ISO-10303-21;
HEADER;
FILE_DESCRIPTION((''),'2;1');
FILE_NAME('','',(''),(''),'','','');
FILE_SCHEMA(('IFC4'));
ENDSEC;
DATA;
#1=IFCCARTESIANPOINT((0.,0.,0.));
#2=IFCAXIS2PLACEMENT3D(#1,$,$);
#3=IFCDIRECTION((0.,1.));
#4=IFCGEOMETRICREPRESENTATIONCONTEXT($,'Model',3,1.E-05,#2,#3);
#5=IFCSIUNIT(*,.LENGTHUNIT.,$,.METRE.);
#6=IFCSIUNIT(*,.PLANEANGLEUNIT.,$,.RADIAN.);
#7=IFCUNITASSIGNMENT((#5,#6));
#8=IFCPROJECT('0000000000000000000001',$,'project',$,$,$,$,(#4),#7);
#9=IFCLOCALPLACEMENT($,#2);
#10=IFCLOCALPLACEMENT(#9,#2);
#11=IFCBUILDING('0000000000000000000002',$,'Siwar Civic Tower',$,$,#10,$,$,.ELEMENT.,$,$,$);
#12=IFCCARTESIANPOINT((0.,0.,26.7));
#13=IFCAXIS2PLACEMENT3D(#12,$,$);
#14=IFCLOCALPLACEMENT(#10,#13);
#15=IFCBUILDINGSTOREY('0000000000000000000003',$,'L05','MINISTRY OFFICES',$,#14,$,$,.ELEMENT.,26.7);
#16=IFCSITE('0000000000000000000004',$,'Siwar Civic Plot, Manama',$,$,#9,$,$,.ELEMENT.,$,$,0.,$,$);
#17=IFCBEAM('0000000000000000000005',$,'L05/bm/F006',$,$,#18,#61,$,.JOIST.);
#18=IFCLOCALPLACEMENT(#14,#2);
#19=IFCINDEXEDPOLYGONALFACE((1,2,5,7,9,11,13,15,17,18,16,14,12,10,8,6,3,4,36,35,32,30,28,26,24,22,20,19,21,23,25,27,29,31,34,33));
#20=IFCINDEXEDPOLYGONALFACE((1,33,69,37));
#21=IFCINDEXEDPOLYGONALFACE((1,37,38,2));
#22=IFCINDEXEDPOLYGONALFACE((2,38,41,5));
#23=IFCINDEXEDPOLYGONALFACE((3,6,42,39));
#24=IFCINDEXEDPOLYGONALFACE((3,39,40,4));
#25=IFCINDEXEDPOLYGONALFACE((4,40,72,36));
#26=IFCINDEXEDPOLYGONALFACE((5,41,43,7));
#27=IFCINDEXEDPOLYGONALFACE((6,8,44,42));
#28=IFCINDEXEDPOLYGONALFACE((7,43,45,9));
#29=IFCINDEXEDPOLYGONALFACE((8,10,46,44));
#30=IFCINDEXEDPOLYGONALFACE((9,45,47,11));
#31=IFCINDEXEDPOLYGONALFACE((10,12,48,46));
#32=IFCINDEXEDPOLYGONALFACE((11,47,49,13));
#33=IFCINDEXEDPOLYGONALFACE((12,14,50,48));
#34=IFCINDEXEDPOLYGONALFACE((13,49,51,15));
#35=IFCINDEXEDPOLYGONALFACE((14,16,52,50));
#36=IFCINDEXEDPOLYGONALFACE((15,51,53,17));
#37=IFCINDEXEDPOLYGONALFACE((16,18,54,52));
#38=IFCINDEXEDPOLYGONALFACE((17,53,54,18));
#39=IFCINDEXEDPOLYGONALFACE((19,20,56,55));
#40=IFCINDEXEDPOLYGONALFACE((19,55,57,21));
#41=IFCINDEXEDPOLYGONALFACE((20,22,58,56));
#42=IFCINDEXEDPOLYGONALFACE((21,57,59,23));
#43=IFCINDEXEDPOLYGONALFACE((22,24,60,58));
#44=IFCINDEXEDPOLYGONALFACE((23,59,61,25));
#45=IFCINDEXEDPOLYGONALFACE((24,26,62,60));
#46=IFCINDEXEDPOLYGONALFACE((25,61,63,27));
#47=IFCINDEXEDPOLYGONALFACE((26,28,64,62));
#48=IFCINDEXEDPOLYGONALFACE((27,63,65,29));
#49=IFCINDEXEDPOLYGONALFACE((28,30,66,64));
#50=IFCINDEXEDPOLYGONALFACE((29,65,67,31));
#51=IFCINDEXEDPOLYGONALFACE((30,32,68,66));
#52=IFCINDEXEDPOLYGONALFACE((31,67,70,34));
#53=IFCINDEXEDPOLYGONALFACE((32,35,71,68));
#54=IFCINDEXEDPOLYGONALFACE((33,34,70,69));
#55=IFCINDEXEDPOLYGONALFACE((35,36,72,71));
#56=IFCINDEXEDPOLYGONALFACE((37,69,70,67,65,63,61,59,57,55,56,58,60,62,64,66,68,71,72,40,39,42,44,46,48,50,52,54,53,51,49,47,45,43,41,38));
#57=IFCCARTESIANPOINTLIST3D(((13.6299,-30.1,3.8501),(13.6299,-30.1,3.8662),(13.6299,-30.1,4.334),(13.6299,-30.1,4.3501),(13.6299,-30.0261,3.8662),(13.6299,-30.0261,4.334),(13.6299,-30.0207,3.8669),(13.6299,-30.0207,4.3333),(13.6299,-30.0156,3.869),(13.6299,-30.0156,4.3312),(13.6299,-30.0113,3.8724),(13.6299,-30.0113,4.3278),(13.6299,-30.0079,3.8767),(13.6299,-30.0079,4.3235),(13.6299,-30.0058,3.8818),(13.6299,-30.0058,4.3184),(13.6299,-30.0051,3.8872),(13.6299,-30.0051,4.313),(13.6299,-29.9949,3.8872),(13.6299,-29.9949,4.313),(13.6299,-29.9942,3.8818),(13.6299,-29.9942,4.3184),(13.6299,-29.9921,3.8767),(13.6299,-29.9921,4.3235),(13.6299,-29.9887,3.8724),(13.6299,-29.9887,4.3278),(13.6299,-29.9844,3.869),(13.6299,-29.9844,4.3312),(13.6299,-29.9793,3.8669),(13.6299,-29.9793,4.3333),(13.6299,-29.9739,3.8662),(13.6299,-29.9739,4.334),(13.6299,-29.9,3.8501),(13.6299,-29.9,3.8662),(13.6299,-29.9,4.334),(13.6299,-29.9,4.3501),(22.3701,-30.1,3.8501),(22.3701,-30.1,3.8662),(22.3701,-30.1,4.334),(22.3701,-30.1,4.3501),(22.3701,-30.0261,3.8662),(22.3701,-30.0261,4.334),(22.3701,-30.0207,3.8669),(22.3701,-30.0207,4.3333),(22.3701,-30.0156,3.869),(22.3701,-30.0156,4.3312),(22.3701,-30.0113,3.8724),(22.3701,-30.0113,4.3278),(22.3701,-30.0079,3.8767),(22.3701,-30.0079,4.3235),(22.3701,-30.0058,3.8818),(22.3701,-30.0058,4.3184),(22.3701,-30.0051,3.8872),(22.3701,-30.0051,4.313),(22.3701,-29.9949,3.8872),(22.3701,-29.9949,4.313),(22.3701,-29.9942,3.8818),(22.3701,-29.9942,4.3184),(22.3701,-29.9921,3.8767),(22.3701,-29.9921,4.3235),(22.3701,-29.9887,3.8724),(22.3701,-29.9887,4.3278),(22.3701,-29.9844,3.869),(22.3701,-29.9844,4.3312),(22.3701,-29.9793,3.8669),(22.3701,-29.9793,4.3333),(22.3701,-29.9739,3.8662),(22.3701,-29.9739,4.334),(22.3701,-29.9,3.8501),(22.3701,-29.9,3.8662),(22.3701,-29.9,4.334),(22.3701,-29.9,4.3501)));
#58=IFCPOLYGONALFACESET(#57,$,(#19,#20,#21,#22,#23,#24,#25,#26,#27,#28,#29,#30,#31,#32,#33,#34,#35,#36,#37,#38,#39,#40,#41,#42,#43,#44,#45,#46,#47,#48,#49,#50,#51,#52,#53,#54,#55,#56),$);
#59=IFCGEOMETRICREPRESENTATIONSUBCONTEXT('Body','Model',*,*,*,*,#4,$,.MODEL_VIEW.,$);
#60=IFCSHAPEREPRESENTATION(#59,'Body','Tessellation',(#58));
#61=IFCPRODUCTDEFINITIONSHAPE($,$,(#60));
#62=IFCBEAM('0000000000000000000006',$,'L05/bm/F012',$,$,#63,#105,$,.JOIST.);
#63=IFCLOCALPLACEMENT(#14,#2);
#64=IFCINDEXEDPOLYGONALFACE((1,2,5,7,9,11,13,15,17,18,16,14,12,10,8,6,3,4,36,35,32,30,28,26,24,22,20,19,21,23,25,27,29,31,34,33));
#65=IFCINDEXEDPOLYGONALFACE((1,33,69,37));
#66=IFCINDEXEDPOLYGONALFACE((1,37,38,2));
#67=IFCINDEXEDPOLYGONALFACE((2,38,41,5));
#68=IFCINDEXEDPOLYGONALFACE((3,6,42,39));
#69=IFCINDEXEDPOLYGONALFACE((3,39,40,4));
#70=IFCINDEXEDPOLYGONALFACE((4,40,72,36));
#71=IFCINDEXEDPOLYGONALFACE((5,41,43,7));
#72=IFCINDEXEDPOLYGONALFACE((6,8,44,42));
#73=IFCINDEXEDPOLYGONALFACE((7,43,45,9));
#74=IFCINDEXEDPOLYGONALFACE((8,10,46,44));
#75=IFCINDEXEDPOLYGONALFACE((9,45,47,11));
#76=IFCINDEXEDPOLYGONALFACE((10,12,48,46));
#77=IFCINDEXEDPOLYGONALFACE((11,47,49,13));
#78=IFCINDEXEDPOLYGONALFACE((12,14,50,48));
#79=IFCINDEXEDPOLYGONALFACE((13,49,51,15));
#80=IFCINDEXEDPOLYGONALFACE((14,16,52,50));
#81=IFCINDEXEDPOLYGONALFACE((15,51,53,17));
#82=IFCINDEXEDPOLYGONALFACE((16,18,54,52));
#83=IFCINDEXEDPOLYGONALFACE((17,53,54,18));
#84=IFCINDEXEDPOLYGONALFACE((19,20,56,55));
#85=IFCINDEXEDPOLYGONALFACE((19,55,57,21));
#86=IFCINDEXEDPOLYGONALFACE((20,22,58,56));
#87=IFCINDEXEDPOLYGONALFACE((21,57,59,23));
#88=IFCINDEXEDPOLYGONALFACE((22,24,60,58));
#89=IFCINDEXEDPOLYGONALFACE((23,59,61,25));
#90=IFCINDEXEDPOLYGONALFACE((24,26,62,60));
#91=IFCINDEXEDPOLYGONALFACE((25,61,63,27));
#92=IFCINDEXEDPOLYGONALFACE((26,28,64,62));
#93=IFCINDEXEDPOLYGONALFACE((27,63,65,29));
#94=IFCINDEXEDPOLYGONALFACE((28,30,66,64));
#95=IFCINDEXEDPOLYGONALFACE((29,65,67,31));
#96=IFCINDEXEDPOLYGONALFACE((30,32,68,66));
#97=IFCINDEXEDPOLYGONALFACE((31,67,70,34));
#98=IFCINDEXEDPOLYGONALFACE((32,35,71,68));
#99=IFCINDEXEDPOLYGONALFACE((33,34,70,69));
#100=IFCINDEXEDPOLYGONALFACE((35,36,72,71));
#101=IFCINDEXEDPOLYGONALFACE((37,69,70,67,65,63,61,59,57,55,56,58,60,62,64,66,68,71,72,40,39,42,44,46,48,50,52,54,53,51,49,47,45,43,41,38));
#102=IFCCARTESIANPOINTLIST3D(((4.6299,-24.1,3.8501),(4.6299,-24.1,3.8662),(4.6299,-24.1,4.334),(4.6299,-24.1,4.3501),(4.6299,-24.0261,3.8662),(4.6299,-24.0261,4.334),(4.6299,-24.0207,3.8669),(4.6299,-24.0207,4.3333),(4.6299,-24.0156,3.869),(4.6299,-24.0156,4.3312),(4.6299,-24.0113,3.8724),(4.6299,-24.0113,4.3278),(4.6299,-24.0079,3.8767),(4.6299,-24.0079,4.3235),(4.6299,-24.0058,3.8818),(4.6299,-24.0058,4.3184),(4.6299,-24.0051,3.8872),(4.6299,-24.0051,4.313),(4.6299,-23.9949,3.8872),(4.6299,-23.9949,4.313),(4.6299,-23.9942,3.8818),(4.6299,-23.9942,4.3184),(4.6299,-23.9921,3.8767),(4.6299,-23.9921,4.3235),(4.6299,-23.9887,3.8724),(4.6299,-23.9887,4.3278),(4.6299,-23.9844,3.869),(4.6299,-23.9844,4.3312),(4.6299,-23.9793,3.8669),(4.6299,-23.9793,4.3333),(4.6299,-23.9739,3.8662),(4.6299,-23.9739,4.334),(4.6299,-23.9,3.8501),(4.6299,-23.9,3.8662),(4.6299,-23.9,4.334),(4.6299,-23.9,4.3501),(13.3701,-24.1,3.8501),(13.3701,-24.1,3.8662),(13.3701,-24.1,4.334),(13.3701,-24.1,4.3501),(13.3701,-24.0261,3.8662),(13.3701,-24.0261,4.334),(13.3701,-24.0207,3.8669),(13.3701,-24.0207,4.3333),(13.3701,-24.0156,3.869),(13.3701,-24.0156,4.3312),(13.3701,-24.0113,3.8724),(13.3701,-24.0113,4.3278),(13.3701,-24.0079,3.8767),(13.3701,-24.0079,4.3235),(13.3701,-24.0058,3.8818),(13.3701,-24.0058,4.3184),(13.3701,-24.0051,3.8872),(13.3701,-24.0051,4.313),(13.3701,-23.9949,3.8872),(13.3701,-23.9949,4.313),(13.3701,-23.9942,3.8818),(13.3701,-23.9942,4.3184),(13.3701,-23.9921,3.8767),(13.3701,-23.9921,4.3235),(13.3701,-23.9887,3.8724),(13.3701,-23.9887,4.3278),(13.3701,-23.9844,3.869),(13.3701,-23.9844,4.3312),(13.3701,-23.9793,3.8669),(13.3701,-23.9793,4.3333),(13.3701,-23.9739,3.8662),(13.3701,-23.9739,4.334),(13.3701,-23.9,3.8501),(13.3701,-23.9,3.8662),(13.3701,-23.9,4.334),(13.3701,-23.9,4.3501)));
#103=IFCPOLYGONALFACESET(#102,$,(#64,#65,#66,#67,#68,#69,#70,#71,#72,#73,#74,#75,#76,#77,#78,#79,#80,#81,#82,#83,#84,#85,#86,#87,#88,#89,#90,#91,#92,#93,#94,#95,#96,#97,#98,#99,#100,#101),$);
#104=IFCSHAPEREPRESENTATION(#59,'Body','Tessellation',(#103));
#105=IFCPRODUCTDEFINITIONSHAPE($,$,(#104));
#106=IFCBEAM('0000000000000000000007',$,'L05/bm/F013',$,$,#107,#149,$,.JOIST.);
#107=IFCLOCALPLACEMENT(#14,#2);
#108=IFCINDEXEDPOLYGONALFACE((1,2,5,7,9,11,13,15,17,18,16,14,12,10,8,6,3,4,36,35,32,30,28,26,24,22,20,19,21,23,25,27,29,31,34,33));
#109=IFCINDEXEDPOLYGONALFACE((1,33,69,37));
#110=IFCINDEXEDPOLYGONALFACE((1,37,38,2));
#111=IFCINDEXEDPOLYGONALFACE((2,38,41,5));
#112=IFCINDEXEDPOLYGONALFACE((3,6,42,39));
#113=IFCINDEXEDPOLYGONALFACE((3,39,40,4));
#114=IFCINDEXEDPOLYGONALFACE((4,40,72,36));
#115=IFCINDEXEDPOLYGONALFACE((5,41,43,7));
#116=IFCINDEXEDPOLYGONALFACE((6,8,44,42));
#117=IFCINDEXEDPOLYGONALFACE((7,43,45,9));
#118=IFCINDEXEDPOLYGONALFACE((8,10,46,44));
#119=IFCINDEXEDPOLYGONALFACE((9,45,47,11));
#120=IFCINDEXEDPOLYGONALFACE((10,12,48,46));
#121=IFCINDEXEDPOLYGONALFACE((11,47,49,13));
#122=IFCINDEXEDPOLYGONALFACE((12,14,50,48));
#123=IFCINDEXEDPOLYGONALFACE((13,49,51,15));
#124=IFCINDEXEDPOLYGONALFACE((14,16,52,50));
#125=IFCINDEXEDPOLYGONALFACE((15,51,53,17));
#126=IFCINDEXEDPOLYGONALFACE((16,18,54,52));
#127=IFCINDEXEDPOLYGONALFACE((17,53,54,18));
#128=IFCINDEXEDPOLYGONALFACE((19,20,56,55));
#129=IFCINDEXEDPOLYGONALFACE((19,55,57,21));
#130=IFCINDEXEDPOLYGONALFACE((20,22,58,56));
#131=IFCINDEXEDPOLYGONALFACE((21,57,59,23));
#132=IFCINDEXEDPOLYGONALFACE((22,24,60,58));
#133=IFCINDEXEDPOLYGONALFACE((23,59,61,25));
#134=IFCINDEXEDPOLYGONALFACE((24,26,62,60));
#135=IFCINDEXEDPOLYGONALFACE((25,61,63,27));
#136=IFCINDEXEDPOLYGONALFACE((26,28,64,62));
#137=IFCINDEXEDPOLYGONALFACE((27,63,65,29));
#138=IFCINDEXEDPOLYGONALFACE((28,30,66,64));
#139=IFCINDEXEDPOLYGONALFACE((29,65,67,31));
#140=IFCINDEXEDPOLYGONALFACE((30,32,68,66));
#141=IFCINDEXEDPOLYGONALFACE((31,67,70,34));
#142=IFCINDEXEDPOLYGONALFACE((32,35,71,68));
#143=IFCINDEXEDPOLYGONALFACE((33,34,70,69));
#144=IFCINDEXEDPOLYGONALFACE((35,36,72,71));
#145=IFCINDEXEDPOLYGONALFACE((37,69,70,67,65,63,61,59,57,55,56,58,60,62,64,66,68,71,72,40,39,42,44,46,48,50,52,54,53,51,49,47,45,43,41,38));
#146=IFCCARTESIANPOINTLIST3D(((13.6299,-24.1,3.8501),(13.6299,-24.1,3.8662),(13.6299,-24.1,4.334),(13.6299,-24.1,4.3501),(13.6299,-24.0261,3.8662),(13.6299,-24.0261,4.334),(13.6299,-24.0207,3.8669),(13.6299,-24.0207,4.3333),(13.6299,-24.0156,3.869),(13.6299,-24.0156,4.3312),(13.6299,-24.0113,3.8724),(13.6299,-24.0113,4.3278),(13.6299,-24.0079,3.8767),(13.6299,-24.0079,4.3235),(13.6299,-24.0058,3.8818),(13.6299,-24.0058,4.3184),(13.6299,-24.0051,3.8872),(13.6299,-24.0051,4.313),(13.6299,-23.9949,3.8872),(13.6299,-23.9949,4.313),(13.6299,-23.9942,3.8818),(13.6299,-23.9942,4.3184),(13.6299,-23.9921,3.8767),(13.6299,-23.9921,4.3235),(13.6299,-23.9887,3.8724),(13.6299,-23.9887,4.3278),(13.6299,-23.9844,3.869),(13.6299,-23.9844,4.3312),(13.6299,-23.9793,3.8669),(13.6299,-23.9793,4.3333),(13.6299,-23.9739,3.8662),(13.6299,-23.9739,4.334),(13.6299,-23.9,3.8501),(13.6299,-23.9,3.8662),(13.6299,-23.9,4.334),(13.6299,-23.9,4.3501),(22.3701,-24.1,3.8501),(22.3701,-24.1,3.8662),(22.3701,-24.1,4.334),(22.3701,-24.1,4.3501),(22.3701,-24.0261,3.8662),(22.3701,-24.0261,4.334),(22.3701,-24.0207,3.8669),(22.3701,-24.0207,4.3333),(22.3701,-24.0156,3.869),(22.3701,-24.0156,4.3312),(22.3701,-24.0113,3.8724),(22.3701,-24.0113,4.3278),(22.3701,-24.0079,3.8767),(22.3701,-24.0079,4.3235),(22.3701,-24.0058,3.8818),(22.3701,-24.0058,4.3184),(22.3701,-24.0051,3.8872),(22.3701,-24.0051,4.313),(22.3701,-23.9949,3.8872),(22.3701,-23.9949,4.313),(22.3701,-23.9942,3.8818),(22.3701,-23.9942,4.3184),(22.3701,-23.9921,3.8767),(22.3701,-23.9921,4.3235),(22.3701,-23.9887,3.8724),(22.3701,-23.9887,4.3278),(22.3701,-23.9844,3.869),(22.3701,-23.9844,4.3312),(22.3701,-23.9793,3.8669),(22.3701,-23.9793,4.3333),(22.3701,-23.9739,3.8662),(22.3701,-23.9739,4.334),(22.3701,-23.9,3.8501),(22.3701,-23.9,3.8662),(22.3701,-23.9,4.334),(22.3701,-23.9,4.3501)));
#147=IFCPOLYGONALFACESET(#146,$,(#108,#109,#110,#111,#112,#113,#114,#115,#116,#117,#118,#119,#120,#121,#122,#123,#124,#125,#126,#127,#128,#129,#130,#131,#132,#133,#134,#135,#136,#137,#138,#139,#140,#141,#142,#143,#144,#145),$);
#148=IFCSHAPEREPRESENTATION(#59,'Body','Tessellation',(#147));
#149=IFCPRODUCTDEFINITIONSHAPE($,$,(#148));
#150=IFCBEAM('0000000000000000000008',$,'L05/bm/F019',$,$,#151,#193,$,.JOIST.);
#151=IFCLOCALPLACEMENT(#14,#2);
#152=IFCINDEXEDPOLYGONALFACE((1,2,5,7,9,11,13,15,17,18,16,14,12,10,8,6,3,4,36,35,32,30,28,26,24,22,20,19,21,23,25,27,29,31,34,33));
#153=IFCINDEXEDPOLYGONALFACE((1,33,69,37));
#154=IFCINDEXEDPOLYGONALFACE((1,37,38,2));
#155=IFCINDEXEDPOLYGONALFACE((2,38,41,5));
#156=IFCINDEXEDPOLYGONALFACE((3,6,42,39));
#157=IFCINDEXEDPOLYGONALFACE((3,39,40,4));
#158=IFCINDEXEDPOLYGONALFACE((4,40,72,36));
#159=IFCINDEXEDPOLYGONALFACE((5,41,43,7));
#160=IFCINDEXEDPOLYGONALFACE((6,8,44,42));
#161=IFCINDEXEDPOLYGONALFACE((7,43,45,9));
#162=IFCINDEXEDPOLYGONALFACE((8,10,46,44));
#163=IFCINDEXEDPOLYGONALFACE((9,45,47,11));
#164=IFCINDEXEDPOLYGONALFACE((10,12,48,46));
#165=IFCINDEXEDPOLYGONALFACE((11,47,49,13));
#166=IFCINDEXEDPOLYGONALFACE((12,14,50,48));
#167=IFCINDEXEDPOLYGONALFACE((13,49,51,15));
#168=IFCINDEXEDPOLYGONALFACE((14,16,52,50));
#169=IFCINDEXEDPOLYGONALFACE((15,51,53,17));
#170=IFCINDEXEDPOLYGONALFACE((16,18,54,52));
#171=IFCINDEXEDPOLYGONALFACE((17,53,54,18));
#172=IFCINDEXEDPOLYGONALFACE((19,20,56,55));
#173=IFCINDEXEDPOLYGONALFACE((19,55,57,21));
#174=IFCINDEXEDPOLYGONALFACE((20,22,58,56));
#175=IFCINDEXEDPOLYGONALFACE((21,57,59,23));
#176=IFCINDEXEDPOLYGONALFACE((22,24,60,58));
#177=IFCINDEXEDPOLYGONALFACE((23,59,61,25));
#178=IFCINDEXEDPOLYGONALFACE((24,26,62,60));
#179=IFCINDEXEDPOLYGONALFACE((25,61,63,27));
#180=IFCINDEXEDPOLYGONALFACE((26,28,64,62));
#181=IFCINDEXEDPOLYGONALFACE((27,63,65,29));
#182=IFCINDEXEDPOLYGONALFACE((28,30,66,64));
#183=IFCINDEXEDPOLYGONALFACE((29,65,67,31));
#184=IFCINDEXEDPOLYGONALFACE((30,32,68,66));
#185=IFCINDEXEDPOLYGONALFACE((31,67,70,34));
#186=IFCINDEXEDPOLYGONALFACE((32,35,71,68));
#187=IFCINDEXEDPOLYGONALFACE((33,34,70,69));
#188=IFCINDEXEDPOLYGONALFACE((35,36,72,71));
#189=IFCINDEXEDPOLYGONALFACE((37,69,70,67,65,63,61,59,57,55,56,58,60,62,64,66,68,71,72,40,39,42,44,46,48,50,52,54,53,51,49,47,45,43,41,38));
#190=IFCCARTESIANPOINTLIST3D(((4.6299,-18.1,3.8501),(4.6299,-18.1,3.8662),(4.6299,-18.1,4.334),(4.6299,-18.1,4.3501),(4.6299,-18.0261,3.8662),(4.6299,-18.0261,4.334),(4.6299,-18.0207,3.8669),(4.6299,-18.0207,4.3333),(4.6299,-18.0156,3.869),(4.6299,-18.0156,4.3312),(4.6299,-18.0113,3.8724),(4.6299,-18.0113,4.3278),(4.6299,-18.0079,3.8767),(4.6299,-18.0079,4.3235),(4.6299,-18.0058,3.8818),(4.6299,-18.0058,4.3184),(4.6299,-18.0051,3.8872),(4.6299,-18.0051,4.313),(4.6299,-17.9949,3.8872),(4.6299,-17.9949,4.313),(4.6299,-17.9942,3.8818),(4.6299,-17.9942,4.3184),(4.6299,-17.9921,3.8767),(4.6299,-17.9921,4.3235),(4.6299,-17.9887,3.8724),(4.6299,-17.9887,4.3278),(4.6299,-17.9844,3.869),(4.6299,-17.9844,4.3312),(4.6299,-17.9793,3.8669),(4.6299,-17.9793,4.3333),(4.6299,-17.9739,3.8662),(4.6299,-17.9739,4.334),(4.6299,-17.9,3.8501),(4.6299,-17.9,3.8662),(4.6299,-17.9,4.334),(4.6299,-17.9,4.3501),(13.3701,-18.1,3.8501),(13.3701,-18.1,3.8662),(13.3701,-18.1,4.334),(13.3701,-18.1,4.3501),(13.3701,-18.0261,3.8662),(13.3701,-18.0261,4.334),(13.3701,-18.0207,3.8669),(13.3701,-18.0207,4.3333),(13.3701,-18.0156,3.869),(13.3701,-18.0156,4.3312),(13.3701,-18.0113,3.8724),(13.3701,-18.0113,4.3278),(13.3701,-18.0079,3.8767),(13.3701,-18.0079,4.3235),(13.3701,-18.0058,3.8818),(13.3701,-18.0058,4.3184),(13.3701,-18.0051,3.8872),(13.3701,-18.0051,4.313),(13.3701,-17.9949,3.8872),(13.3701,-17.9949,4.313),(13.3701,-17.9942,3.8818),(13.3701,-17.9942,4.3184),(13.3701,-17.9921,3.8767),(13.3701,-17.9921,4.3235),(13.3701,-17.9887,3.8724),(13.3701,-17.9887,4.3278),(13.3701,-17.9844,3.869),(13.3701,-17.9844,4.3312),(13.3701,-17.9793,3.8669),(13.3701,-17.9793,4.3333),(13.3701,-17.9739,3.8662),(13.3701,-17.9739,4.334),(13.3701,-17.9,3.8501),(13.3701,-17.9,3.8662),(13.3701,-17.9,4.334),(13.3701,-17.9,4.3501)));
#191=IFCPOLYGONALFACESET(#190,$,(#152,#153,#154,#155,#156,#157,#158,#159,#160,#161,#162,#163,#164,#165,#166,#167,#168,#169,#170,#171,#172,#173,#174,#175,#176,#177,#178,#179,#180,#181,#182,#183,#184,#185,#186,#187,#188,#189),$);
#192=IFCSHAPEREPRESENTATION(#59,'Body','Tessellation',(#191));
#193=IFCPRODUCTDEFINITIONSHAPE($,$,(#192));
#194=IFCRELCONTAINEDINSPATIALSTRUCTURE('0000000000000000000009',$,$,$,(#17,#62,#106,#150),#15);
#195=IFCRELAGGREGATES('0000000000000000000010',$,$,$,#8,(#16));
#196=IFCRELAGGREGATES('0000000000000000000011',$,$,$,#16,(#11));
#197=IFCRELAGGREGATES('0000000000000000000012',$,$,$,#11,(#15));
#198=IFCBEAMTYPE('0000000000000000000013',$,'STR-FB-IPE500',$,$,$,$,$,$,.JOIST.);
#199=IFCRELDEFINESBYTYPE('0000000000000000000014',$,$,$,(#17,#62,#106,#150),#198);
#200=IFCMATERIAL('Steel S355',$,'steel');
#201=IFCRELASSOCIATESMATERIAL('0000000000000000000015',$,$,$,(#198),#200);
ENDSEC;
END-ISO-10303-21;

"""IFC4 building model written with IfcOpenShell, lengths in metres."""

from ifc_helpers import new_model, si_unit, direction, frame, origin, origin_2d, place, context, subcontext, project, spatial, i_section, extrude, material, material_profile, profile_set, type_object, element, save


model = new_model("IFC4")

# Units and contexts
model_context = context("Model", 3, precision=1e-05, world=origin(), true_north=direction((0.0, 1.0)))
body_context = subcontext(model_context, "Body", "Model", "MODEL_VIEW")
ifc_project = project(units=[si_unit("LENGTHUNIT", "METRE"), si_unit("PLANEANGLEUNIT", "RADIAN")], contexts=[model_context])

# Site, building, storey
site_placement = place(None, origin())
site = spatial("IfcSite", under=ifc_project, at=site_placement, Name="Siwar Civic Plot, Manama", CompositionType="ELEMENT", RefElevation=0.0)
building_placement = place(site_placement, origin())
building = spatial("IfcBuilding", under=site, at=building_placement, Name="Siwar Civic Tower", CompositionType="ELEMENT")
storey_placement = place(building_placement, frame((0.0, 0.0, 26.7)))
storey = spatial("IfcBuildingStorey", under=building, at=storey_placement, Name="L05", Description="MINISTRY OFFICES", CompositionType="ELEMENT", Elevation=26.7)

# Beams
ifc_material_1 = material(Name="Steel S355", Category="steel")
ifc_material_profile_1 = material_profile(ifc_material_1, i_section(OverallWidth=0.2, OverallDepth=0.5, WebThickness=0.0103, FlangeThickness=0.0161, FilletRadius=0.021, at=origin_2d()), Name="IPE500")
ifc_profile_set_1 = profile_set([ifc_material_profile_1], Name="Steel S355")
beam_type_1 = type_object("IfcBeamType", Name="STR-FB-IPE500", PredefinedType="JOIST", material=ifc_profile_set_1)
for number, where, z_axis, x_axis, name in (
    (1, (13.6299, -30.0, 4.1001), (1.0, 0.0, 0.0), (0.0, 1.0, 0.0), "L05/bm/F006"),
    (2, (4.6299, -24.0, 4.1001), (1.0, 0.0, 0.0), (0.0, 1.0, 0.0), "L05/bm/F012"),
    (3, (13.6299, -24.0, 4.1001), (1.0, 0.0, 0.0), (0.0, 1.0, 0.0), "L05/bm/F013"),
    (4, (4.6299, -18.0, 4.1001), (1.0, 0.0, 0.0), (0.0, 1.0, 0.0), "L05/bm/F019"),
):
    element("IfcBeam", number, at=place(storey_placement, frame(where, z_axis=z_axis, x_axis=x_axis)), inside=storey, type_object=beam_type_1, Name=name, PredefinedType="JOIST", context=body_context, shape_type="SweptSolid", body=[
        extrude(i_section(OverallWidth=0.2, OverallDepth=0.5, WebThickness=0.0103, FlangeThickness=0.0161, FilletRadius=0.021, at=origin_2d()), origin(), (0.0, 0.0, 1.0), 8.7402),
    ])

save(model, "model.ifc")
